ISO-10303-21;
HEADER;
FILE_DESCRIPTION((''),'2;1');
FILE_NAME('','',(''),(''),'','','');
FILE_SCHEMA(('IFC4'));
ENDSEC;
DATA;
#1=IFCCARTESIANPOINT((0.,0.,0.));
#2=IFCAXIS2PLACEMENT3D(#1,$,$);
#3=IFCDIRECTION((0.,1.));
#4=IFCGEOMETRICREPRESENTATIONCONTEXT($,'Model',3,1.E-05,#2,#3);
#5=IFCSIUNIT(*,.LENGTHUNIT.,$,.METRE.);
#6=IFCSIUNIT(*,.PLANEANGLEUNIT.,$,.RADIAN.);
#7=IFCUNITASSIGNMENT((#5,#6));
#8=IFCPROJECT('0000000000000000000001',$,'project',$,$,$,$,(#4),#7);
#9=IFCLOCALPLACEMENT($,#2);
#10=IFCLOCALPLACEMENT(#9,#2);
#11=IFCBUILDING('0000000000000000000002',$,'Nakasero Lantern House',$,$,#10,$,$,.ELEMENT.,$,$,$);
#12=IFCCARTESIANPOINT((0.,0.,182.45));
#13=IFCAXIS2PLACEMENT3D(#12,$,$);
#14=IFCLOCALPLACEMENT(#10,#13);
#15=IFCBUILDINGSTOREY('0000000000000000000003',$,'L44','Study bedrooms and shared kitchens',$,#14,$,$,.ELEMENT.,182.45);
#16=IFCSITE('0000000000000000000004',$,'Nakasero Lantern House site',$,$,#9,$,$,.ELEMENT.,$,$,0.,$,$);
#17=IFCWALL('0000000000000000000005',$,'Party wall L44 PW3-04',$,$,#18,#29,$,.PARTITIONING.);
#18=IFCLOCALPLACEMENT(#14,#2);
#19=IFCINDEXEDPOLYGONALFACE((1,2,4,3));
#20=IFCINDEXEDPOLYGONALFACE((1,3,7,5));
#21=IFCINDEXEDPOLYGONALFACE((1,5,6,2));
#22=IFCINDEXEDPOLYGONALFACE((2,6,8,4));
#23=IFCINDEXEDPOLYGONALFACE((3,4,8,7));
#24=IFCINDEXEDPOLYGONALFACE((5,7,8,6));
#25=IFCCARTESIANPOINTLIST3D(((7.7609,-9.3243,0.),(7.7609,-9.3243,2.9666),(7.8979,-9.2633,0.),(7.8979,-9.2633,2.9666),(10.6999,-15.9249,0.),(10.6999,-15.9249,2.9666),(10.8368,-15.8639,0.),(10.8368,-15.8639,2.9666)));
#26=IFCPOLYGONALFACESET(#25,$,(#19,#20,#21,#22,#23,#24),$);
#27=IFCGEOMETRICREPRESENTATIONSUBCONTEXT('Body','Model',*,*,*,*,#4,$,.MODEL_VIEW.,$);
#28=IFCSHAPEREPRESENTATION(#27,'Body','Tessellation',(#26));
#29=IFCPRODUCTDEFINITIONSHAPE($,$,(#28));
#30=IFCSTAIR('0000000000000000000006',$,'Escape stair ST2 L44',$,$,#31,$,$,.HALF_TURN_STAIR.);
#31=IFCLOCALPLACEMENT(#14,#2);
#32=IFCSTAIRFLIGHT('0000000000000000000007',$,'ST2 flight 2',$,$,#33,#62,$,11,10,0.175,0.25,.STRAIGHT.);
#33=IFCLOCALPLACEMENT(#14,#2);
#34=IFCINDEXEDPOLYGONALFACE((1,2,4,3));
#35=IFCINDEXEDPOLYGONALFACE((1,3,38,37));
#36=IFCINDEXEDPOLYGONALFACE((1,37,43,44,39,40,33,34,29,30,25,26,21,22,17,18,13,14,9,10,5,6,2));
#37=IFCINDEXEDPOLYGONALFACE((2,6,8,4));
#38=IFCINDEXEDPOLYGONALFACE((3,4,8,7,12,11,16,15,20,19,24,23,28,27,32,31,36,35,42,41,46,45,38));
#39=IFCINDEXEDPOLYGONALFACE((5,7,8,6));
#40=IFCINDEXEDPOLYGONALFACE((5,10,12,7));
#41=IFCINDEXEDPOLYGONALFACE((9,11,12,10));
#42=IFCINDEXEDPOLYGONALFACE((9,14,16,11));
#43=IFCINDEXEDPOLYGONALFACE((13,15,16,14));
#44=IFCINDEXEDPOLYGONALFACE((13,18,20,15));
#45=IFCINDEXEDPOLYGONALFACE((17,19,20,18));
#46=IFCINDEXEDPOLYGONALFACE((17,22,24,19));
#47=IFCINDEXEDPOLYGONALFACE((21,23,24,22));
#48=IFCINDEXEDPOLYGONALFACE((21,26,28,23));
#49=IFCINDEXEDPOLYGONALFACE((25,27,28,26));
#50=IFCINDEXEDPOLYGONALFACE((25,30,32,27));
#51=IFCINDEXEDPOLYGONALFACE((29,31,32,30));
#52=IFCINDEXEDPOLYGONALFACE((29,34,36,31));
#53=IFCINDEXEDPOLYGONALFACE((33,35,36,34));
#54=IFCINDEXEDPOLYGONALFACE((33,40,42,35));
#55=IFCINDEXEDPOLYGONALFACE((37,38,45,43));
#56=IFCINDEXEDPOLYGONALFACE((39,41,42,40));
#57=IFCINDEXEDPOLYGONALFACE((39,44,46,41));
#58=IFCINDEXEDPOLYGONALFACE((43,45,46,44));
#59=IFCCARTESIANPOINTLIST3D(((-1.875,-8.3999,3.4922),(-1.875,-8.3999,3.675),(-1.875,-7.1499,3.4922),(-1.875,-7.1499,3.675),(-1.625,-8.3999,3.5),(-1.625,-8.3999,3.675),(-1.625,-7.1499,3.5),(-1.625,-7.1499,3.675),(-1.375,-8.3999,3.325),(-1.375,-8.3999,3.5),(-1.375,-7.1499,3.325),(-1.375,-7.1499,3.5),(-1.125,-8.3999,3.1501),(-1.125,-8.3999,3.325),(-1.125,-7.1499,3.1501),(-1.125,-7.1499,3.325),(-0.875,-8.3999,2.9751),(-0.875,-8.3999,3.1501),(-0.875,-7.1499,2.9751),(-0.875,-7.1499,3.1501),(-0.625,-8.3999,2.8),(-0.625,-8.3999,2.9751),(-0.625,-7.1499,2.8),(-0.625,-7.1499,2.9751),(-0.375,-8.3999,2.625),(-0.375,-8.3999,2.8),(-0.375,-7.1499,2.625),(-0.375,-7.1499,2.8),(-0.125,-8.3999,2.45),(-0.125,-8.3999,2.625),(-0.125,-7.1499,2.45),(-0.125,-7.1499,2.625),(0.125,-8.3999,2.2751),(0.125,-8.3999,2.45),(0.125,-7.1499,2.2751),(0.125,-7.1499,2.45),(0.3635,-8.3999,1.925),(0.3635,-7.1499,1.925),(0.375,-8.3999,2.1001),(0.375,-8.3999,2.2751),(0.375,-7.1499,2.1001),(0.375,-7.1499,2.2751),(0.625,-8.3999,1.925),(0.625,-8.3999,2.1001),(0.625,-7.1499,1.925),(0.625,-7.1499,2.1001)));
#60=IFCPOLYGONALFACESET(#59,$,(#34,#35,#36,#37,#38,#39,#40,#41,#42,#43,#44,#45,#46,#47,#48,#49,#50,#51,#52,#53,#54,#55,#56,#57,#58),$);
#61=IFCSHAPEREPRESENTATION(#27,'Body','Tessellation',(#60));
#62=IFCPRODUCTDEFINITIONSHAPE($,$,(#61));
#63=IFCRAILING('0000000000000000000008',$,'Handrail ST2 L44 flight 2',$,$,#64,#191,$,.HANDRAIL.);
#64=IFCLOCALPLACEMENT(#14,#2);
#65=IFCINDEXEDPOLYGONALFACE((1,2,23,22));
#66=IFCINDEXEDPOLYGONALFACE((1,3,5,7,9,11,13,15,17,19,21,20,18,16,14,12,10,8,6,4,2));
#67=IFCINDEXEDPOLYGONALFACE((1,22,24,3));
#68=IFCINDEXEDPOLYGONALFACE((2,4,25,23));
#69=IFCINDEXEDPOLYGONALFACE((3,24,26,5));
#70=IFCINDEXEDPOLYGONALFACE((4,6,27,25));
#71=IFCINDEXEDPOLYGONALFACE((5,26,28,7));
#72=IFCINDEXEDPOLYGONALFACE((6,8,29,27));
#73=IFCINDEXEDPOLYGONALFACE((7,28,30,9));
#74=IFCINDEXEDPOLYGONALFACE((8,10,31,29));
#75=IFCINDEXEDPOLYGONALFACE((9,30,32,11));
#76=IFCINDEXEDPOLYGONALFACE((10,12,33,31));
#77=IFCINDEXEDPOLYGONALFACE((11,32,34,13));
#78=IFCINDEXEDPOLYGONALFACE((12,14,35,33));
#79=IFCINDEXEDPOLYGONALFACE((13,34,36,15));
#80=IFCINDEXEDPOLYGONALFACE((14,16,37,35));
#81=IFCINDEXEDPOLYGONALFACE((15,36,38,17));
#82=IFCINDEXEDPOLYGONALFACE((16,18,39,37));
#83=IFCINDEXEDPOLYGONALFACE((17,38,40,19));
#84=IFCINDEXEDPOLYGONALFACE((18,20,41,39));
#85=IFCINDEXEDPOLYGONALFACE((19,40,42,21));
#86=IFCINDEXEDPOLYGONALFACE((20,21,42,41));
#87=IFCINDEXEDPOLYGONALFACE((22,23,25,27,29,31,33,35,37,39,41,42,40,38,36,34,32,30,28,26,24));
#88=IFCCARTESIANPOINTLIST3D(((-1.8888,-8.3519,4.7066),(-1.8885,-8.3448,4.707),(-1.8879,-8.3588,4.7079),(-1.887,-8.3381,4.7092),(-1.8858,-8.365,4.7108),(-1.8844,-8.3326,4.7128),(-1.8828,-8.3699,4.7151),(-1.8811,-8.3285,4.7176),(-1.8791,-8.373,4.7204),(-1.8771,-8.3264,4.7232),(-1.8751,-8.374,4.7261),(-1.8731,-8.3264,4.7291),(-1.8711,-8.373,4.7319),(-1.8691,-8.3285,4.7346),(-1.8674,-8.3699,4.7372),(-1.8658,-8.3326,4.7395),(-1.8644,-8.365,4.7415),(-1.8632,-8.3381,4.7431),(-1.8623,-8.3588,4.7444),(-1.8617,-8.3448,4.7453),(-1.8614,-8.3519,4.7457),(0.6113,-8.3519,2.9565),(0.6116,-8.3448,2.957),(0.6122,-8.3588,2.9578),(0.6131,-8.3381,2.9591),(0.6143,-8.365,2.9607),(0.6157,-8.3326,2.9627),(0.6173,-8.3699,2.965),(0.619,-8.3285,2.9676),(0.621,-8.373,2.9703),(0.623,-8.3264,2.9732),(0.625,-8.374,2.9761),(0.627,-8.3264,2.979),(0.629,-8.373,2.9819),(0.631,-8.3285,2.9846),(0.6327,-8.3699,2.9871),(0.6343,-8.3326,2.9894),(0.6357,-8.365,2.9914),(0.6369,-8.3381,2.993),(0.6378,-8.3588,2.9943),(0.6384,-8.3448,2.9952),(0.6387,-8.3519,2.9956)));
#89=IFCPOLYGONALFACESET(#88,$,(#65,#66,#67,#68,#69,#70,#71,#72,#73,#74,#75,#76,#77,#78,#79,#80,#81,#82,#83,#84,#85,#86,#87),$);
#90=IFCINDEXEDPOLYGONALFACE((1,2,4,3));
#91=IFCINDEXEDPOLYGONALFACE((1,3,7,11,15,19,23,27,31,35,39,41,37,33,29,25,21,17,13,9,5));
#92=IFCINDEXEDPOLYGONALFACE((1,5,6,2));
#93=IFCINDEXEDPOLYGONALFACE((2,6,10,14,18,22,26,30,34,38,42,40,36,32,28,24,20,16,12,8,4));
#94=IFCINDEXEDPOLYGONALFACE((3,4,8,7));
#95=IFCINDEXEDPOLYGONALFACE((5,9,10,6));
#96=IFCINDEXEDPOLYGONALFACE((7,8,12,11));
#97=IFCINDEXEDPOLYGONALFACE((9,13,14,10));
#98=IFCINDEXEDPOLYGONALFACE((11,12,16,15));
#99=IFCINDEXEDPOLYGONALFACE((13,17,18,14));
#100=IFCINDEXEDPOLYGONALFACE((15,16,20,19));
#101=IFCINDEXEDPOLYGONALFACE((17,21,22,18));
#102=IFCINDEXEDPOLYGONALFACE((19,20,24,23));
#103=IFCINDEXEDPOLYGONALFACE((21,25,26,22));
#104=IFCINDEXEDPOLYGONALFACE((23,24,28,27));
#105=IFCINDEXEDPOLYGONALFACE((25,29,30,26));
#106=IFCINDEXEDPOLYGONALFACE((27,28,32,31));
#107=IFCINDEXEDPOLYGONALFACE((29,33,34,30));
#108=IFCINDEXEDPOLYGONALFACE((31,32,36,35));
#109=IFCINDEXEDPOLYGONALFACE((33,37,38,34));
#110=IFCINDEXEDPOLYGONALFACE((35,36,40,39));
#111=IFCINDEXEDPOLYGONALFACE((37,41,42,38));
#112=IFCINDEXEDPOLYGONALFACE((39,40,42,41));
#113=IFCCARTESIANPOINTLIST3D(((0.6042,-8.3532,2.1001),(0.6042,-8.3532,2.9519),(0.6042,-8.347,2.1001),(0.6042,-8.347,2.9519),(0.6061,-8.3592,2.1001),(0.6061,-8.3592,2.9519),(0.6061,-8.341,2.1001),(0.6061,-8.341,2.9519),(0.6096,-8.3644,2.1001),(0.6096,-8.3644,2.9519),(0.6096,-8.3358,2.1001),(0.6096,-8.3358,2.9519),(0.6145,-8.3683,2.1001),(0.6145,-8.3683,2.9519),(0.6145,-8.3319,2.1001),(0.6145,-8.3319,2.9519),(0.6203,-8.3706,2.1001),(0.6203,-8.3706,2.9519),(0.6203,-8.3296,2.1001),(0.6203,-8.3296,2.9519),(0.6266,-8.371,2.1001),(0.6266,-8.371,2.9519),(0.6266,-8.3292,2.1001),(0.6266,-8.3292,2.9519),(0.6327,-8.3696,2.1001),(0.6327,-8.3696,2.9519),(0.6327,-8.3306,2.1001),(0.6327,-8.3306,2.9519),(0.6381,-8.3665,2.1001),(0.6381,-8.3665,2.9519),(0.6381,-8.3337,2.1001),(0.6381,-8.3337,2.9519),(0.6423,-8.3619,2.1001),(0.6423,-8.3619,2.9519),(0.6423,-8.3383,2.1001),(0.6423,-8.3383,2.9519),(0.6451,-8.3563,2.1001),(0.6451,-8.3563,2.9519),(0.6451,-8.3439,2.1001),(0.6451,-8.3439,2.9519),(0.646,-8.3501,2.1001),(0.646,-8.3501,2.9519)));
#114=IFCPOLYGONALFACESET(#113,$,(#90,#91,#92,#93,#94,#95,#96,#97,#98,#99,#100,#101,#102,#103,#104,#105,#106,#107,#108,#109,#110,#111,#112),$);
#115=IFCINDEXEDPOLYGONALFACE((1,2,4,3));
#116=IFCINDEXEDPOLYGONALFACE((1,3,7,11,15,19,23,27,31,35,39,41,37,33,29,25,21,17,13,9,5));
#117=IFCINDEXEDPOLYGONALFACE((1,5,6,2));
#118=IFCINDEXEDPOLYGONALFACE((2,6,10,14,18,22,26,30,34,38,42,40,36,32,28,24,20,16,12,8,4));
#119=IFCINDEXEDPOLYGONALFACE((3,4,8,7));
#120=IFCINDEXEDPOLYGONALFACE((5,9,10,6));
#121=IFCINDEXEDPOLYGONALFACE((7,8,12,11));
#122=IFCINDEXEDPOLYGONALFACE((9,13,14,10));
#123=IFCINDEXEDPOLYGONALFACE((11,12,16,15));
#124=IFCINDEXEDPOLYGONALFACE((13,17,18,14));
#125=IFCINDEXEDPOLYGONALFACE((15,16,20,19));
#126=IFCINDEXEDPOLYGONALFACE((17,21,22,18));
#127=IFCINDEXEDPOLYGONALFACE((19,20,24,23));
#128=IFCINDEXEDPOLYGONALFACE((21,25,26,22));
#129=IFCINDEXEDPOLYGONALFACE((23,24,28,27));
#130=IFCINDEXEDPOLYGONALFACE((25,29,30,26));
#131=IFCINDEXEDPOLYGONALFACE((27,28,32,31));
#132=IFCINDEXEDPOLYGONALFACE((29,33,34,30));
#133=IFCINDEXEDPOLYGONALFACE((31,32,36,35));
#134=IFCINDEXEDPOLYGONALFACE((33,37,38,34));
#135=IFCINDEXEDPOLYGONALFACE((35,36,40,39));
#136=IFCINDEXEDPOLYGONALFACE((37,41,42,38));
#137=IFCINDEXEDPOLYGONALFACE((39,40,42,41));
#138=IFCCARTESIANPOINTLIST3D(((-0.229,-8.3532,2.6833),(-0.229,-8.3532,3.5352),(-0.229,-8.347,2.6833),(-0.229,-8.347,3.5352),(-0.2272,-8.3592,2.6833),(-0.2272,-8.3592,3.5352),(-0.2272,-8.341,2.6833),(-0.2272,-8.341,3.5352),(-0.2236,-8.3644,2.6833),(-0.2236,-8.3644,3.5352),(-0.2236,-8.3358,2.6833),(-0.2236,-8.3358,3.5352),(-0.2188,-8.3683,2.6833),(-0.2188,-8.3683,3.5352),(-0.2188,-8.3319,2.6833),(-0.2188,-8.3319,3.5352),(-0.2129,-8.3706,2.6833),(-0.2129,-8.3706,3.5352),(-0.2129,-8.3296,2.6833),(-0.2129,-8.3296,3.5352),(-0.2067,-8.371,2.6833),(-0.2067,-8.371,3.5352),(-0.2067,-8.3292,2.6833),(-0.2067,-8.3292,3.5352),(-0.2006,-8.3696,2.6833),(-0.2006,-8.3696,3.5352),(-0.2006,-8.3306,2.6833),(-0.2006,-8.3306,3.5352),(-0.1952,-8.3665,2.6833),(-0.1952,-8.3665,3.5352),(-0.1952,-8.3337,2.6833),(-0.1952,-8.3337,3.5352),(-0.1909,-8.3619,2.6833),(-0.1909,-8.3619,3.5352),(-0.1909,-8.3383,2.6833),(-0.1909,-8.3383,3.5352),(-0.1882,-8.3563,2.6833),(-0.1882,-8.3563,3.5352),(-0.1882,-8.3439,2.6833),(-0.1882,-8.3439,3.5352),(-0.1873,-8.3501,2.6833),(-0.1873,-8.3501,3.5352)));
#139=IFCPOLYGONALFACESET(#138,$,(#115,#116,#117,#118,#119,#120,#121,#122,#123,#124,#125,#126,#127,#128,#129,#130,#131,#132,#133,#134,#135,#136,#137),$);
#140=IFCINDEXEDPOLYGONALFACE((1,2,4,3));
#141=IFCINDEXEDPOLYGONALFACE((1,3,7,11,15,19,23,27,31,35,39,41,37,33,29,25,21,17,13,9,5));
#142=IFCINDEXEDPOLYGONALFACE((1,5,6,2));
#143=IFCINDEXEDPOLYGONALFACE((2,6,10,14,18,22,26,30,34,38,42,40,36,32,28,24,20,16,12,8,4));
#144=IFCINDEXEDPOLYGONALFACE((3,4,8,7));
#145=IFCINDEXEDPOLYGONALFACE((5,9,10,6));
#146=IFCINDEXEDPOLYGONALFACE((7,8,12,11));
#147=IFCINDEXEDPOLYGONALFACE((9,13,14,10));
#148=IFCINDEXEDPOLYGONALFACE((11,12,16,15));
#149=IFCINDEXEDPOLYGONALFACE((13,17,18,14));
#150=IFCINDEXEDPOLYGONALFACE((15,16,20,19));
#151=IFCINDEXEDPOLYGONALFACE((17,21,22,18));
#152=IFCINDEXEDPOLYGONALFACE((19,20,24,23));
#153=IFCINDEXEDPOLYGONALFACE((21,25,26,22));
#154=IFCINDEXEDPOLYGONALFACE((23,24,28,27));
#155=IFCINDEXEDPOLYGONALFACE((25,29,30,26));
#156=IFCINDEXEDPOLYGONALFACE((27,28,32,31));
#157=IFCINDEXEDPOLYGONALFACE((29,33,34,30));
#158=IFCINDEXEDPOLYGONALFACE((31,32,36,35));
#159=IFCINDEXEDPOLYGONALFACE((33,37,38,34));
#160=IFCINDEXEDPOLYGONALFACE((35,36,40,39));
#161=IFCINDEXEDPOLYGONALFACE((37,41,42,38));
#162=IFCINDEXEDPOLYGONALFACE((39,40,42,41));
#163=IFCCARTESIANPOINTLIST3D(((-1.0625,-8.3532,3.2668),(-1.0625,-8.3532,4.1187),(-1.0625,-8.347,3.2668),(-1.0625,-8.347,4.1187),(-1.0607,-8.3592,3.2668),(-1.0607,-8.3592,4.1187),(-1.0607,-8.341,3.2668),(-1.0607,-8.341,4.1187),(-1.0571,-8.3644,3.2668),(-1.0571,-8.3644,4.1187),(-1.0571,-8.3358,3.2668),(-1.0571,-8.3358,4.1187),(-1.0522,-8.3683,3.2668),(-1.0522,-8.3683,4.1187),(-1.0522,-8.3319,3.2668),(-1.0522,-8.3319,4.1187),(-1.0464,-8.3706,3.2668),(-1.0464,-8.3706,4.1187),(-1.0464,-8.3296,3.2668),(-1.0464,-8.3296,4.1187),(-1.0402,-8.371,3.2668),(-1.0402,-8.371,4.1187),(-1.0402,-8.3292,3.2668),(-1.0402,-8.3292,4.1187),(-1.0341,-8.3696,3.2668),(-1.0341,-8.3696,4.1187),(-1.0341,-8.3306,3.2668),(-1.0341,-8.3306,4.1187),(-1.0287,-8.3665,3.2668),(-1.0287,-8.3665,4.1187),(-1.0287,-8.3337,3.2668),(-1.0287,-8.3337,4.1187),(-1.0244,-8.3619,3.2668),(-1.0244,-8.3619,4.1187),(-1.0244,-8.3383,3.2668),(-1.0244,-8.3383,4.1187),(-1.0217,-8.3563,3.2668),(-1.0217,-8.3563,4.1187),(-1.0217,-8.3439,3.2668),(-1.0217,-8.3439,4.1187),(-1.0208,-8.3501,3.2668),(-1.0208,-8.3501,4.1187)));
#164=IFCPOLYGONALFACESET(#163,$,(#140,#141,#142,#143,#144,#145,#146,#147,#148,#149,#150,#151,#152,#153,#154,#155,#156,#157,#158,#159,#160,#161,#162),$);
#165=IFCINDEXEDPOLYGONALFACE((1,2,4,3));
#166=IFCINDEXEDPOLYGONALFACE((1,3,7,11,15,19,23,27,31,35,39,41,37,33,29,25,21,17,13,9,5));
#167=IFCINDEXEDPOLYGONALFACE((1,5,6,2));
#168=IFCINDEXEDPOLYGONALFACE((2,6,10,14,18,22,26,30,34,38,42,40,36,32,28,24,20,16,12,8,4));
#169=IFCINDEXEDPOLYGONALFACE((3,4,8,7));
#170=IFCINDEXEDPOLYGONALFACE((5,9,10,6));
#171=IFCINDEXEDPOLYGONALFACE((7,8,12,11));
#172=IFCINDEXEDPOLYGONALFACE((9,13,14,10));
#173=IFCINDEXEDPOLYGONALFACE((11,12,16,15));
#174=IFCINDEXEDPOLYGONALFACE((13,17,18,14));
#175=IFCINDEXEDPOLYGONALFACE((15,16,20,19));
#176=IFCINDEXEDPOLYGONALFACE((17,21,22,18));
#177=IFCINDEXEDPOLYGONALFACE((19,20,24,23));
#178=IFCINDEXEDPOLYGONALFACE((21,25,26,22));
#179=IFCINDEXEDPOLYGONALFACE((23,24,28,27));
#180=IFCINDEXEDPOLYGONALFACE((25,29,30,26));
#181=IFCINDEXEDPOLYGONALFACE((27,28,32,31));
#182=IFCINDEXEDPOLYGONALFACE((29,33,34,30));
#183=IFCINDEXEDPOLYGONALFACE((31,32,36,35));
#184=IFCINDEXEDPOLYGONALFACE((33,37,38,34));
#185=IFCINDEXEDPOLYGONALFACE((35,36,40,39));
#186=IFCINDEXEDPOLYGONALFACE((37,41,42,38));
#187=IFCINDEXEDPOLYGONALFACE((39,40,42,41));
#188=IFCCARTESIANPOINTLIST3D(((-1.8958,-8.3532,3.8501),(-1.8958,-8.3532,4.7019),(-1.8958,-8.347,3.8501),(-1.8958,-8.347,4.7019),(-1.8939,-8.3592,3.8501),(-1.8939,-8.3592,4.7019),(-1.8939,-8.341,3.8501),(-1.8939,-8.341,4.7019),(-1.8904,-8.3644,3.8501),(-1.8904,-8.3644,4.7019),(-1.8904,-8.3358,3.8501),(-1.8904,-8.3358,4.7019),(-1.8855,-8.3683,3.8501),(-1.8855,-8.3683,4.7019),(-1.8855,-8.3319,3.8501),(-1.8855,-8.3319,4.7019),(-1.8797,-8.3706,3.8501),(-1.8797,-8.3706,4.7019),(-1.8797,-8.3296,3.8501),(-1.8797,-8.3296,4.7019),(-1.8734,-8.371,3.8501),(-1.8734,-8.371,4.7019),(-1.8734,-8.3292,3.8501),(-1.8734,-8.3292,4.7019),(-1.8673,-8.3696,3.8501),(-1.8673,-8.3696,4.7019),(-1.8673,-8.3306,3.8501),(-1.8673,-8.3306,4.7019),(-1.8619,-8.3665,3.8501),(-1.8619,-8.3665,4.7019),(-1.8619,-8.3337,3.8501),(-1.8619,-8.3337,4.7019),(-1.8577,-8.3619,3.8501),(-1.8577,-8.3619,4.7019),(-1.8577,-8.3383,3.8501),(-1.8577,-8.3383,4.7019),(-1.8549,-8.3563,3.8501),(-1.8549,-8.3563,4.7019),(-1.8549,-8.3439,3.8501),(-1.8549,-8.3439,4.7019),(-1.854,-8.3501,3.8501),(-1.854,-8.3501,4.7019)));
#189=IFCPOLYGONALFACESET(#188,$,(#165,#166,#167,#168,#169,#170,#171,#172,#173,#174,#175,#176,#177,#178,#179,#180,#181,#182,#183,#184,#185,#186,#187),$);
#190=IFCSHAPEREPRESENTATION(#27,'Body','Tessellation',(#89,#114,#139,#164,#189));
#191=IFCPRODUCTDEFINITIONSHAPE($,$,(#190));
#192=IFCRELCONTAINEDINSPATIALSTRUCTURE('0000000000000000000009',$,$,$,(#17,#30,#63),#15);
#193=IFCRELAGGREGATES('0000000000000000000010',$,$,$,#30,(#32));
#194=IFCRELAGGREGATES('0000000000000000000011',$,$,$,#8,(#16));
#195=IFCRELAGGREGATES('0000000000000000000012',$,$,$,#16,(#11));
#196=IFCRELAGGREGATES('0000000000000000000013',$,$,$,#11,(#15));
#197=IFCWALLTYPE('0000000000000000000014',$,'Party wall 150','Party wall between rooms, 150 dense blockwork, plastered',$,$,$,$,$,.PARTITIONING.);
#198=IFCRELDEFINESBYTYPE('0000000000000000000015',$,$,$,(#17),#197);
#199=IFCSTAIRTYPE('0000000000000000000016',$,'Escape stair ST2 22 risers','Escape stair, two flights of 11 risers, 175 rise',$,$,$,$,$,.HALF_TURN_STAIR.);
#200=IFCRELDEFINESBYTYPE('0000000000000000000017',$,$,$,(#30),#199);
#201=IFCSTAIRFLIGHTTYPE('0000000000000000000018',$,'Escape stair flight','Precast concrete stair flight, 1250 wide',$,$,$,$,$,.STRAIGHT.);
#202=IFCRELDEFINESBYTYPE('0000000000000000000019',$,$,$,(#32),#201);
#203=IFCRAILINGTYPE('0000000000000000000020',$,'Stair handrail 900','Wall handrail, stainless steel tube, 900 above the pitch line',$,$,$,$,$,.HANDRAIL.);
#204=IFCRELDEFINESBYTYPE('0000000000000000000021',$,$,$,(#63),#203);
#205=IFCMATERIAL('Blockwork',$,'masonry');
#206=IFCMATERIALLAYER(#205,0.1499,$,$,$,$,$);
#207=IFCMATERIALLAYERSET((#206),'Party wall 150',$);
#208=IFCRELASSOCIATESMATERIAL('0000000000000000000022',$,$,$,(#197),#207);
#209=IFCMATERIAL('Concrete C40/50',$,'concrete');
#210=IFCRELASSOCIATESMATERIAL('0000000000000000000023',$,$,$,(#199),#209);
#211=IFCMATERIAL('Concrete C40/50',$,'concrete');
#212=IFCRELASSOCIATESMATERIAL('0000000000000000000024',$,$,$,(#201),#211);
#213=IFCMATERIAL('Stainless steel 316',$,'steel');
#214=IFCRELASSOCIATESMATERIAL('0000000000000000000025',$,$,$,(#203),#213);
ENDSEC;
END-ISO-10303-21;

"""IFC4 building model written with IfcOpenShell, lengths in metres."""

from ifc_helpers import new_model, si_unit, direction, frame, frame_2d, origin, origin_2d, place, context, subcontext, project, spatial, polyline, rectangle, circle, outline, extrude, material, layer, layer_set, type_object, element, aggregate, save


model = new_model("IFC4")

# Units and contexts
model_context = context("Model", 3, precision=1e-05, world=origin(), true_north=direction((0.0, 1.0)))
body_context = subcontext(model_context, "Body", "Model", "MODEL_VIEW")
ifc_project = project(units=[si_unit("LENGTHUNIT", "METRE"), si_unit("PLANEANGLEUNIT", "RADIAN")], contexts=[model_context])

# Site, building, storey
site_placement = place(None, origin())
site = spatial("IfcSite", under=ifc_project, at=site_placement, Name="Nakasero Lantern House site", CompositionType="ELEMENT", RefElevation=0.0)
building_placement = place(site_placement, origin())
building = spatial("IfcBuilding", under=site, at=building_placement, Name="Nakasero Lantern House", CompositionType="ELEMENT")
storey_placement = place(building_placement, frame((0.0, 0.0, 182.45)))
storey = spatial("IfcBuildingStorey", under=building, at=storey_placement, Name="L44", Description="Study bedrooms and shared kitchens", CompositionType="ELEMENT", Elevation=182.45)

# Wall
ifc_material_1 = material(Name="Blockwork", Category="masonry")
ifc_layer_1 = layer(ifc_material_1, 0.1499)
ifc_layer_set_1 = layer_set([ifc_layer_1], Name="Party wall 150")
wall_type_1 = type_object("IfcWallType", Name="Party wall 150", Description="Party wall between rooms, 150 dense blockwork, plastered", PredefinedType="PARTITIONING", material=ifc_layer_set_1)
wall_1_placement = place(storey_placement, frame((7.8293, -9.2937, 0.0), z_axis=(0.0, 0.0, 1.0), x_axis=(0.406759, -0.913535, 0.0)))
element("IfcWall", 1, at=wall_1_placement, inside=storey, type_object=wall_type_1, Name="Party wall L44 PW3-04", PredefinedType="PARTITIONING", context=body_context, shape_type="SweptSolid", body=[
    extrude(rectangle(XDim=7.2253, YDim=0.1499, at=frame_2d((3.6128, 0.0))), origin(), (0.0, 0.0, 1.0), 2.9666),
])

# Stair, stair flight
ifc_material_2 = material(Name="Concrete C40/50", Category="concrete")
stair_type_1 = type_object("IfcStairType", Name="Escape stair ST2 22 risers", Description="Escape stair, two flights of 11 risers, 175 rise", PredefinedType="HALF_TURN_STAIR", material=ifc_material_2)
stair_1_placement = place(storey_placement, origin())
stair_1 = element("IfcStair", 2, at=stair_1_placement, inside=storey, type_object=stair_type_1, Name="Escape stair ST2 L44", PredefinedType="HALF_TURN_STAIR")
ifc_material_3 = material(Name="Concrete C40/50", Category="concrete")
stair_flight_type = type_object("IfcStairFlightType", Name="Escape stair flight", Description="Precast concrete stair flight, 1250 wide", PredefinedType="STRAIGHT", material=ifc_material_3)
stair_flight_placement = place(storey_placement, frame((0.625, -7.7749, 1.925), z_axis=(0.0, 0.0, 1.0), x_axis=(-1.0, 0.0, 0.0)))
stair_flight = element("IfcStairFlight", 3, at=stair_flight_placement, type_object=stair_flight_type, Name="ST2 flight 2", NumberOfRisers=11, NumberOfTreads=10, PredefinedType="STRAIGHT", RiserHeight=0.175, TreadLength=0.25, context=body_context, shape_type="SweptSolid", body=[
    extrude(outline(polyline([(0.0, 0.0), (0.0, 0.175), (0.25, 0.175), (0.25, 0.3501), (0.5, 0.3501), (0.5, 0.5249), (0.75, 0.5249), (0.75, 0.7), (1.0, 0.7), (1.0, 0.875), (1.25, 0.875), (1.25, 1.05), (1.5, 1.05), (1.5, 1.2251), (1.75, 1.2251), (1.75, 1.3999), (2.0, 1.3999), (2.0, 1.575), (2.25, 1.575), (2.25, 1.75), (2.5, 1.75), (2.5, 1.925), (2.5, 1.5671), (0.2615, 0.0), (0.0, 0.0)])), frame((0.0, 0.625, 0.0), z_axis=(0.0, -1.0, 0.0), x_axis=(1.0, 0.0, 0.0)), (0.0, 0.0, 1.0), 1.25),
])
aggregate(stair_1, [stair_flight])

# Railing
ifc_material_4 = material(Name="Stainless steel 316", Category="steel")
railing_type = type_object("IfcRailingType", Name="Stair handrail 900", Description="Wall handrail, stainless steel tube, 900 above the pitch line", PredefinedType="HANDRAIL", material=ifc_material_4)
railing_placement = place(storey_placement, frame((0.625, -8.3501, 2.1001)))
element("IfcRailing", 4, at=railing_placement, inside=storey, type_object=railing_type, Name="Handrail ST2 L44 flight 2", PredefinedType="HANDRAIL", context=body_context, shape_type="SweptSolid", body=[
    extrude(circle(Radius=0.0239, at=origin_2d()), frame((0.0, 0.0, 0.876), z_axis=(-0.819232, 0.0, 0.573462), x_axis=(0.0, -1.0, 0.0)), (0.0, 0.0, 1.0), 3.0518),
    extrude(circle(Radius=0.021, at=origin_2d()), origin(), (0.0, 0.0, 1.0), 0.8518),
    extrude(circle(Radius=0.021, at=origin_2d()), frame((-0.8333, 0.0, 0.5833)), (0.0, 0.0, 1.0), 0.8518),
    extrude(circle(Radius=0.021, at=origin_2d()), frame((-1.6667, 0.0, 1.1667)), (0.0, 0.0, 1.0), 0.8518),
    extrude(circle(Radius=0.021, at=origin_2d()), frame((-2.5, 0.0, 1.75)), (0.0, 0.0, 1.0), 0.8518),
])

save(model, "model.ifc")
